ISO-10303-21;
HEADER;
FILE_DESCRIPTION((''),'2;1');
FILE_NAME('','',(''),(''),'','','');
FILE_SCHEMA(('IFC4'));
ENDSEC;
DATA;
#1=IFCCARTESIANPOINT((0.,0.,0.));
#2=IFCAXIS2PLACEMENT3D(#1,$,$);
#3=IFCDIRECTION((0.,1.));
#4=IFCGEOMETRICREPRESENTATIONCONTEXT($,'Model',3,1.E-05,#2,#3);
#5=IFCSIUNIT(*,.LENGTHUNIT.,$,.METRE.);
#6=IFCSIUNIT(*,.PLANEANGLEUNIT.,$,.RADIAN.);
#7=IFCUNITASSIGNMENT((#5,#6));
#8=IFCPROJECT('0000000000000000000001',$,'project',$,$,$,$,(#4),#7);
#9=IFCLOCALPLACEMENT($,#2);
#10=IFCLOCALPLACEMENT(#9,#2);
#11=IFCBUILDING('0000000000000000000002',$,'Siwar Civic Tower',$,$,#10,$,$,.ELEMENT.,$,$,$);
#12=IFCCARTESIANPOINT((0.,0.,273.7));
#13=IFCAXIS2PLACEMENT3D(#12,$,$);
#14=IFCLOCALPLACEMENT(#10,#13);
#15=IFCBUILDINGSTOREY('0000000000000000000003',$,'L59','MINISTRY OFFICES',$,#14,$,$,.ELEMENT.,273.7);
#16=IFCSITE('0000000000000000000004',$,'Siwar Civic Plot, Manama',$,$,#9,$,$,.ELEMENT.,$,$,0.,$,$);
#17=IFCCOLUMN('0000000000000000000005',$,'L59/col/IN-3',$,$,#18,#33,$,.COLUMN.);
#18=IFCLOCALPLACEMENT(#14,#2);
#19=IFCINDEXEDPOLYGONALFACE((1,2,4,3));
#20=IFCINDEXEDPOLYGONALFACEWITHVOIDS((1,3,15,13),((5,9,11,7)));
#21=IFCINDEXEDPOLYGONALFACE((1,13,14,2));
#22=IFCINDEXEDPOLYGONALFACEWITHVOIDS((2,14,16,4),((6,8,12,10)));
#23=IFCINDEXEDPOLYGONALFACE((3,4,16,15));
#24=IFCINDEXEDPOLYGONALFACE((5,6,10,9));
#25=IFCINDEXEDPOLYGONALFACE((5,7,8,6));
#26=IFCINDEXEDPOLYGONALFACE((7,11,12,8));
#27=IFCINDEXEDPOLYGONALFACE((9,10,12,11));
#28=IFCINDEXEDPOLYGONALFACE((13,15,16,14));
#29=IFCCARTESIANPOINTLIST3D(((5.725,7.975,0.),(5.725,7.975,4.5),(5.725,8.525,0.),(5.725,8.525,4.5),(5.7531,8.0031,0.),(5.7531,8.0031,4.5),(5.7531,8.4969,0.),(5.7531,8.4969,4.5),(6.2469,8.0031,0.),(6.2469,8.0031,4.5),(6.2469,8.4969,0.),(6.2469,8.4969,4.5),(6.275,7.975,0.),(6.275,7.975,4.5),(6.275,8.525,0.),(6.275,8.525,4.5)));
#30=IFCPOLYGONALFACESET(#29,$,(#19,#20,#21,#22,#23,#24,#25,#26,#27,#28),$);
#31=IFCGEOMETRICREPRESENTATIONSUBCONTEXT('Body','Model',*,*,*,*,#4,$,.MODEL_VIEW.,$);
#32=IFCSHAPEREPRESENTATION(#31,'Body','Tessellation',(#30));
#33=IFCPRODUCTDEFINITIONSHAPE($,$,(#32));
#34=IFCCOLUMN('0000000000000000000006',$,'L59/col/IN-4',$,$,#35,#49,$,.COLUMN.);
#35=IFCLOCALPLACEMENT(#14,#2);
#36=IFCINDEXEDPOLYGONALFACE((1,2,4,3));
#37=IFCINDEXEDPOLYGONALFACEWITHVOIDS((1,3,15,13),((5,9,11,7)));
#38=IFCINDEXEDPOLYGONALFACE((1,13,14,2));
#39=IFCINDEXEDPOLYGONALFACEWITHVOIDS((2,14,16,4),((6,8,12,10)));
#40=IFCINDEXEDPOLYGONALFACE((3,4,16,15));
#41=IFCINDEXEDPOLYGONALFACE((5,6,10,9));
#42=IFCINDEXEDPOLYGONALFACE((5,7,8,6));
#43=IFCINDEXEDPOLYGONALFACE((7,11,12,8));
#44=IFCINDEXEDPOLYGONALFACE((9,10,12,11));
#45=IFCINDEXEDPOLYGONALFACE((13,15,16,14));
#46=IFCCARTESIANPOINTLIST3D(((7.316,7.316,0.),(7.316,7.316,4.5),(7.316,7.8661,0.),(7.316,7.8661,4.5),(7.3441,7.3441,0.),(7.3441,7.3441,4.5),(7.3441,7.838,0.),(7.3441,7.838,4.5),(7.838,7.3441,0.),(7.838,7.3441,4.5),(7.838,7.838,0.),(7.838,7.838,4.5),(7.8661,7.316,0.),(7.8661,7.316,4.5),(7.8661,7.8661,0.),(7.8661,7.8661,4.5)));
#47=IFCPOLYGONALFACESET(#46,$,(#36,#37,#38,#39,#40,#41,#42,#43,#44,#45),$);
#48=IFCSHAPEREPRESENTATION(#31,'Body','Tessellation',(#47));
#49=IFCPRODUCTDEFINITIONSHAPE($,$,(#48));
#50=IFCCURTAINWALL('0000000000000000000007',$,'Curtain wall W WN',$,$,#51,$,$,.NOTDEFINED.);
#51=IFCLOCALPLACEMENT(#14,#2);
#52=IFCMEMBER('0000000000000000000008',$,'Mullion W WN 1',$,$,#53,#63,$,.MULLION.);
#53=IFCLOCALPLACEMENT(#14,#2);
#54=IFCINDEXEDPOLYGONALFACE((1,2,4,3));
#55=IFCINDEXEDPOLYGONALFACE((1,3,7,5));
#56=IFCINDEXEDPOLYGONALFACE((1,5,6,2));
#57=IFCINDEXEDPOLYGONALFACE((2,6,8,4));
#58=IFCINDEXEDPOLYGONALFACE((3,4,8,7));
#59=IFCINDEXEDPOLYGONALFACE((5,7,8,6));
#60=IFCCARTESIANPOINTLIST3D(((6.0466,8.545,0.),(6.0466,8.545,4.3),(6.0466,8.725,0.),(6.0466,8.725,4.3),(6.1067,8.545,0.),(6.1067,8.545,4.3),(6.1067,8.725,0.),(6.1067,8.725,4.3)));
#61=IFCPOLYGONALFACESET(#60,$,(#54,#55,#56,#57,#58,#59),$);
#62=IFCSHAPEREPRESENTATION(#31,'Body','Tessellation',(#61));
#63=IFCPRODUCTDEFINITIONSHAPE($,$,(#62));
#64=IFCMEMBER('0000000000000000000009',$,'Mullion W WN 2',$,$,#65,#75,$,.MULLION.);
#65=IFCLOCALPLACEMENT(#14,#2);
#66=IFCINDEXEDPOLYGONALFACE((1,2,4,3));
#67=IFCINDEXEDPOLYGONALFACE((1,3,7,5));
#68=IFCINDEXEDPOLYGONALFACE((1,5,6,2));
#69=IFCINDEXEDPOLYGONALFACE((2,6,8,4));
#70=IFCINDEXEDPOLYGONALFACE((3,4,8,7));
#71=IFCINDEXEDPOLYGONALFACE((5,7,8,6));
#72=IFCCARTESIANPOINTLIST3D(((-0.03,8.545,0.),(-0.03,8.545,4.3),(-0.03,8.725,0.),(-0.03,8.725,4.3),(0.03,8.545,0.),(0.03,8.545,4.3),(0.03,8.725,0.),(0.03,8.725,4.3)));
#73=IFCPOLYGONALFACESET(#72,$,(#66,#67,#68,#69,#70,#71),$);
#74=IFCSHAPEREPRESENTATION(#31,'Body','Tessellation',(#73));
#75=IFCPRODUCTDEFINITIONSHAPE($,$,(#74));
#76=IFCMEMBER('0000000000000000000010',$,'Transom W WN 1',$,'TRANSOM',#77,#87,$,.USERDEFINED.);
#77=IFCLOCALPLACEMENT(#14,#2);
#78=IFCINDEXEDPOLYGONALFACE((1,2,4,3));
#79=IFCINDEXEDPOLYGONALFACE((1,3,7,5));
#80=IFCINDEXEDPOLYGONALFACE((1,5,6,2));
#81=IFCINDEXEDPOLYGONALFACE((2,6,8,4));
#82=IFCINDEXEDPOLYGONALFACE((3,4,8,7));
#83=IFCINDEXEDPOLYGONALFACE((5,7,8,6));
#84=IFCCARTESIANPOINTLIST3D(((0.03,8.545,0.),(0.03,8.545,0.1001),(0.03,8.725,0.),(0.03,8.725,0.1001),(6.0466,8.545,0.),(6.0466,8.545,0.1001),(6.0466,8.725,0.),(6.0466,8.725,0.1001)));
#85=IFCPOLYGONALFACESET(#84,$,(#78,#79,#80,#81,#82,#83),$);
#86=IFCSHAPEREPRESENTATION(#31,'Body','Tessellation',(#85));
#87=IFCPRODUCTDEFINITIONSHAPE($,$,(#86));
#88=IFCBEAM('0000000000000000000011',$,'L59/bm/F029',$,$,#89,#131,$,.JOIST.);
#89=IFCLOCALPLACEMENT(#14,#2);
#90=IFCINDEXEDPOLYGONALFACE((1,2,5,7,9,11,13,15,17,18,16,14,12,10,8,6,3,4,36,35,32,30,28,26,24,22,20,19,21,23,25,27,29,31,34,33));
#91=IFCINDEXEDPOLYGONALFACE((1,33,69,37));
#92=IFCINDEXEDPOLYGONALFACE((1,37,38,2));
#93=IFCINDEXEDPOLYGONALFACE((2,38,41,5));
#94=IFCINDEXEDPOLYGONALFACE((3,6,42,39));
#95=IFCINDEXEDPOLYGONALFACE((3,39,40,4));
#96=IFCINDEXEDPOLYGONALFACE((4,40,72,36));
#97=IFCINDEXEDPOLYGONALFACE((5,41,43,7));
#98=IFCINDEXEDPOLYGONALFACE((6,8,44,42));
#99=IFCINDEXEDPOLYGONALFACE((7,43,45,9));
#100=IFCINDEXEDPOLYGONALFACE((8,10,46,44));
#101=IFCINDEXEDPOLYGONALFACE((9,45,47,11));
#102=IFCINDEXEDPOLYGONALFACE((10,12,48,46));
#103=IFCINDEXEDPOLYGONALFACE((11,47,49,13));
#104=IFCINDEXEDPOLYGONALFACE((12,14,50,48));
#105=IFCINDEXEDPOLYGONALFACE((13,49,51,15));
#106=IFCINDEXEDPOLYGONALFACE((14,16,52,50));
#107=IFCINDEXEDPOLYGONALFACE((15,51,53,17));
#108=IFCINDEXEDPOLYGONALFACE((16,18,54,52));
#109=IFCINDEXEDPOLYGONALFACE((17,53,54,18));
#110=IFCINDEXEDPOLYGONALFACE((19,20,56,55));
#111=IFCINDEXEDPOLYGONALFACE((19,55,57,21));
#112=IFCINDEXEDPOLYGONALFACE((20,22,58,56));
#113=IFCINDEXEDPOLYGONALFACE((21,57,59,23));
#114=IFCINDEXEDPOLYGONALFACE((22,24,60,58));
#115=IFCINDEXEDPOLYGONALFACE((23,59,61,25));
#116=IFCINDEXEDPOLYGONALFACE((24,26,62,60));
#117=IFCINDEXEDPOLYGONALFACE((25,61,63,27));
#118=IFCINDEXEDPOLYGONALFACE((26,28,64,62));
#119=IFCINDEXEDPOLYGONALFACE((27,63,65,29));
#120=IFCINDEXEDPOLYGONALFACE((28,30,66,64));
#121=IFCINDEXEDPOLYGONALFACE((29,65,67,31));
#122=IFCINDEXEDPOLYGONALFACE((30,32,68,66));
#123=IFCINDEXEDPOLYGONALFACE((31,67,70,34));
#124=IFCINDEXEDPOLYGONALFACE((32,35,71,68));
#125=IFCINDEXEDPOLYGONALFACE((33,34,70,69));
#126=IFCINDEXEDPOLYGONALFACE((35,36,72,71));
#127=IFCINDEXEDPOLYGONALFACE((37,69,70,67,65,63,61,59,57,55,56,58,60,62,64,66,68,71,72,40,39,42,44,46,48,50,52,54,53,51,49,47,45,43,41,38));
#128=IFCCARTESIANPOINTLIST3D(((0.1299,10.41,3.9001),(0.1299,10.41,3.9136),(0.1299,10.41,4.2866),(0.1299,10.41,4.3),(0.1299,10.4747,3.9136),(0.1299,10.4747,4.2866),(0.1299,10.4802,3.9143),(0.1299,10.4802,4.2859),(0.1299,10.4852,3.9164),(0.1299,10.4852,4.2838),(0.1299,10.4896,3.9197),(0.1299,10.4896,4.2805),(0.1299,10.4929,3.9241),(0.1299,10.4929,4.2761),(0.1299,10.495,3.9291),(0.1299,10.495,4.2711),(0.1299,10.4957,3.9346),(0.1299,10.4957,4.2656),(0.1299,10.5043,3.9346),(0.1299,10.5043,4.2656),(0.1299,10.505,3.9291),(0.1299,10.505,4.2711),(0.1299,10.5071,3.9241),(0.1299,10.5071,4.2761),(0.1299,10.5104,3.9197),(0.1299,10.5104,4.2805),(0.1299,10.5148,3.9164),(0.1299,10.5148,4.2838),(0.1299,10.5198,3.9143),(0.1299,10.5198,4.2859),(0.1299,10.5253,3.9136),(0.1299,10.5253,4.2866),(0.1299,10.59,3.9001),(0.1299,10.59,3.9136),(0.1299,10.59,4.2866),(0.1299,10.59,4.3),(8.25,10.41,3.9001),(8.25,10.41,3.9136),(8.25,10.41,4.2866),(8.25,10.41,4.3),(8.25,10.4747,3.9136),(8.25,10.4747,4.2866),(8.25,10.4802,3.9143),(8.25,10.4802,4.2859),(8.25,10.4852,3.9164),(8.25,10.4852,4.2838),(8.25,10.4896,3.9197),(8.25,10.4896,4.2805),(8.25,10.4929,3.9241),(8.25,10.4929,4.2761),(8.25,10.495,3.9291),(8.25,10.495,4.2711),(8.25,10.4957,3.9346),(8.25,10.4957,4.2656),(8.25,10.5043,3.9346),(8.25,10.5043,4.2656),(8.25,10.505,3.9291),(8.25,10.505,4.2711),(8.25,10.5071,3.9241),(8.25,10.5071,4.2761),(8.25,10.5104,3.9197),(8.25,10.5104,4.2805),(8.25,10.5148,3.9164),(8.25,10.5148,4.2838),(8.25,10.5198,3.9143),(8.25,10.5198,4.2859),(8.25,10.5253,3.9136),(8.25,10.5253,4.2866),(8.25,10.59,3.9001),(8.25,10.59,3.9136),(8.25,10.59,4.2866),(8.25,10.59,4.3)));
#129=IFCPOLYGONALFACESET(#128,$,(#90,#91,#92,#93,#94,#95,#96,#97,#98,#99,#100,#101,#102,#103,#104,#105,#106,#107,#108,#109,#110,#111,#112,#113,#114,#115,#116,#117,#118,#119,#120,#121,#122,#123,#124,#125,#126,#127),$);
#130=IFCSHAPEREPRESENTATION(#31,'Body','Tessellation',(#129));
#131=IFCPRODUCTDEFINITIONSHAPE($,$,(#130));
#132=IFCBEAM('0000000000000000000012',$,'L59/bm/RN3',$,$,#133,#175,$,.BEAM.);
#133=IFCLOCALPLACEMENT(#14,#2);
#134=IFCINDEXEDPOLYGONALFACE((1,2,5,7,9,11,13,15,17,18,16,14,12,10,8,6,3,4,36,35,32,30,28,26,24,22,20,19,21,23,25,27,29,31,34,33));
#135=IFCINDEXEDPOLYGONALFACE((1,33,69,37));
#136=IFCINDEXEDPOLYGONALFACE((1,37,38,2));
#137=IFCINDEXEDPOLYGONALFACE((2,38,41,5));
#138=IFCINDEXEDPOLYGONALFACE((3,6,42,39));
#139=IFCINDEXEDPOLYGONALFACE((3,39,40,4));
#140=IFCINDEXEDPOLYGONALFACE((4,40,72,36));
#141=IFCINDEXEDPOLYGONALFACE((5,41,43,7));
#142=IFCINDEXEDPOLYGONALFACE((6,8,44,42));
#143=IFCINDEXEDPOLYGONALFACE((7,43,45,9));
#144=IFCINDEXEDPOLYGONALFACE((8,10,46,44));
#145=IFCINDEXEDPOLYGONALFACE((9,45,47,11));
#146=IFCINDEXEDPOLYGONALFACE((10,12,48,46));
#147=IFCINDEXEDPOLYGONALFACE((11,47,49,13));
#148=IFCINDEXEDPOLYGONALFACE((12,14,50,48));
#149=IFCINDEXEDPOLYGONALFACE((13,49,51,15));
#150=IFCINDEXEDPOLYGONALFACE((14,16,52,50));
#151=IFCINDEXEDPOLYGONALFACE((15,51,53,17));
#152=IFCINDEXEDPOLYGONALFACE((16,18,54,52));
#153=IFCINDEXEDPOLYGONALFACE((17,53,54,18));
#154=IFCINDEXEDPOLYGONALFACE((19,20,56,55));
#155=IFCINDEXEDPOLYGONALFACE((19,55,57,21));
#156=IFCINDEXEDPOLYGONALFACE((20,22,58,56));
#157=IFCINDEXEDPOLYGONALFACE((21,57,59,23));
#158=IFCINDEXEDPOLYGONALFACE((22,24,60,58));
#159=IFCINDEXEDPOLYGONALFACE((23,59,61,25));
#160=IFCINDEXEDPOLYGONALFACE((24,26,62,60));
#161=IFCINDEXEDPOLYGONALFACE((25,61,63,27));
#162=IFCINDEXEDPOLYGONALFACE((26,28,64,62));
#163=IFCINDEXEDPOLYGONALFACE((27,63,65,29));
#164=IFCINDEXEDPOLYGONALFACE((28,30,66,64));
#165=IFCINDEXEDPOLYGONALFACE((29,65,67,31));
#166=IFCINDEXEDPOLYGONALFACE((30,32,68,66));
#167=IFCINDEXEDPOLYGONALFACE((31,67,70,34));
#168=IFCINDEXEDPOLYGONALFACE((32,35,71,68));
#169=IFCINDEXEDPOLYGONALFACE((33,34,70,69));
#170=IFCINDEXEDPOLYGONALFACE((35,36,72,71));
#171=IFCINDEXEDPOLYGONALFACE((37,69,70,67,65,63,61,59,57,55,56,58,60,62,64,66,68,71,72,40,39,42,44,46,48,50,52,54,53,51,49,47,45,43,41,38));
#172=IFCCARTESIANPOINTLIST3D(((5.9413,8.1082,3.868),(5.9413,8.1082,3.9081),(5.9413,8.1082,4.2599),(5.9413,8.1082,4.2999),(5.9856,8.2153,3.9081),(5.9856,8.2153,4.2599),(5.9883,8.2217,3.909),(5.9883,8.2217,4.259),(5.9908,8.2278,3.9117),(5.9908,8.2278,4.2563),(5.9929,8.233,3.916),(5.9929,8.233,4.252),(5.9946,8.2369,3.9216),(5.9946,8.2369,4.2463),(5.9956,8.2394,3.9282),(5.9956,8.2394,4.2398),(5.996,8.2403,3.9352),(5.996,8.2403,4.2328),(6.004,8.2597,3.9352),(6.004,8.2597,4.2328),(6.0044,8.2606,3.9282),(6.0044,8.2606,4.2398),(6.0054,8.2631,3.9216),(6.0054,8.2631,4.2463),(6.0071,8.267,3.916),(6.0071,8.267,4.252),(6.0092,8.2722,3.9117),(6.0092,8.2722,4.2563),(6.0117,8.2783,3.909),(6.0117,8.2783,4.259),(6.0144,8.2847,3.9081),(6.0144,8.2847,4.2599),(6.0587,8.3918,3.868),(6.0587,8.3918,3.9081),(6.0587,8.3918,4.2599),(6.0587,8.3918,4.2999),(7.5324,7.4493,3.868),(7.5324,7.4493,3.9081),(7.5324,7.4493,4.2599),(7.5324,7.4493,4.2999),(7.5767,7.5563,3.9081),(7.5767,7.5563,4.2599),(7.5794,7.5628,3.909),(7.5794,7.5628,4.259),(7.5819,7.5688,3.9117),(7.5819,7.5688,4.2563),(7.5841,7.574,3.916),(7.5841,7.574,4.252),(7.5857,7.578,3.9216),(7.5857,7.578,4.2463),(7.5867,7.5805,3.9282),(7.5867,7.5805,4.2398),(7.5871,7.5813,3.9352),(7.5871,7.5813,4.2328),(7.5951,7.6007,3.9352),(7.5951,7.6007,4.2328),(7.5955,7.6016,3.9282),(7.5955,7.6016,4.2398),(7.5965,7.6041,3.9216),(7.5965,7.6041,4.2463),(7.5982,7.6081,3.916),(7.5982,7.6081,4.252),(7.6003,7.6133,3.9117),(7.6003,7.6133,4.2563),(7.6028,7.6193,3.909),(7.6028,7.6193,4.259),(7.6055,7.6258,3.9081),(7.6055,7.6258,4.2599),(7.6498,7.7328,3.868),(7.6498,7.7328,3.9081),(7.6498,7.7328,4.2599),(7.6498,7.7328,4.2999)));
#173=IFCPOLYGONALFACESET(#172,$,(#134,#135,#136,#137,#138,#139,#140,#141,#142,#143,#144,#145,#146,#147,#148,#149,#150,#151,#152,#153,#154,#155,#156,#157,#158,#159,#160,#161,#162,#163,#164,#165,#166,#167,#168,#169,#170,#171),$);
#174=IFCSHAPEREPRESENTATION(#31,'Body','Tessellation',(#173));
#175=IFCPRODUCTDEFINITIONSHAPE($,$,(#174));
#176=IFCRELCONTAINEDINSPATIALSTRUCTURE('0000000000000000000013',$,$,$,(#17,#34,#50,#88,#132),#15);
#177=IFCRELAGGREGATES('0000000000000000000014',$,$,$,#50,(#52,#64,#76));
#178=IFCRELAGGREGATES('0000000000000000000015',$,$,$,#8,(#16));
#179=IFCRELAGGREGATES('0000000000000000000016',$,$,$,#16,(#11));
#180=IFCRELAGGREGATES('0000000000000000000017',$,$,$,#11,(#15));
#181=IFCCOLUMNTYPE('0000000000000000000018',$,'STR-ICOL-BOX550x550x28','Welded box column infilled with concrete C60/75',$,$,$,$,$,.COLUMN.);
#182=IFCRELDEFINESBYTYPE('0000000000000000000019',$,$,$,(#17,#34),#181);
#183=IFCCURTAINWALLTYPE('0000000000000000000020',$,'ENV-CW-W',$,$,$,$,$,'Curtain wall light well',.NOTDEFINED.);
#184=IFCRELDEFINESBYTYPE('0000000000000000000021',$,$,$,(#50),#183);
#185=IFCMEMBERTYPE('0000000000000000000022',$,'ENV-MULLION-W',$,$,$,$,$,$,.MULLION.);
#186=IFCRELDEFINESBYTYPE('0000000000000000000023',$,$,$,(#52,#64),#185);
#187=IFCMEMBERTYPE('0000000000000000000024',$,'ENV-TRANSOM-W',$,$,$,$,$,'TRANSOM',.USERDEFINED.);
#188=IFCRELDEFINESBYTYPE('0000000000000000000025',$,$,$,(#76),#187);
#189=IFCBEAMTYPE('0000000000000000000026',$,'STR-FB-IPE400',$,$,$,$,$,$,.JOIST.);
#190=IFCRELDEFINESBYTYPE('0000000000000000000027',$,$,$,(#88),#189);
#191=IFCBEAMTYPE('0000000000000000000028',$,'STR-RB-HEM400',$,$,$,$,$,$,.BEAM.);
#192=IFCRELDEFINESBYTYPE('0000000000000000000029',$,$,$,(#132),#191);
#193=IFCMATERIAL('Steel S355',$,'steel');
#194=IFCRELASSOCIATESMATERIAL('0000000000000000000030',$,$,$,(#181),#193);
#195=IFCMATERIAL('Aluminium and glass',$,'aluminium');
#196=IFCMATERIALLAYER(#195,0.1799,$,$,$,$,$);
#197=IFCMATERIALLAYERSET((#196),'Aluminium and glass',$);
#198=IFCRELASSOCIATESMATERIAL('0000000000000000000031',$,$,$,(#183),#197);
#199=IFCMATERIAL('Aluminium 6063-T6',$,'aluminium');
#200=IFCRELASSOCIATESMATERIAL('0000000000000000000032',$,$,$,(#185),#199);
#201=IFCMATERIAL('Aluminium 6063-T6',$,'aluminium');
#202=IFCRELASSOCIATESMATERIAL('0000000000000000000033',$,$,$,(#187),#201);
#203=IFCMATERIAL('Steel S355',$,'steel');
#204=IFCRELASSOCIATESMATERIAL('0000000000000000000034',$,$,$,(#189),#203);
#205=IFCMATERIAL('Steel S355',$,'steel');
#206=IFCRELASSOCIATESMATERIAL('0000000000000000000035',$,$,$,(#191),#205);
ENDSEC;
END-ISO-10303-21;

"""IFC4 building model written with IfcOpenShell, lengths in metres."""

from ifc_helpers import new_model, si_unit, direction, frame, origin, origin_2d, place, context, subcontext, project, spatial, rectangle, hollow_rectangle, i_section, extrude, material, layer, layer_set, material_profile, profile_set, type_object, element, aggregate, save


model = new_model("IFC4")

# Units and contexts
model_context = context("Model", 3, precision=1e-05, world=origin(), true_north=direction((0.0, 1.0)))
body_context = subcontext(model_context, "Body", "Model", "MODEL_VIEW")
ifc_project = project(units=[si_unit("LENGTHUNIT", "METRE"), si_unit("PLANEANGLEUNIT", "RADIAN")], contexts=[model_context])

# Site, building, storey
site_placement = place(None, origin())
site = spatial("IfcSite", under=ifc_project, at=site_placement, Name="Siwar Civic Plot, Manama", CompositionType="ELEMENT", RefElevation=0.0)
building_placement = place(site_placement, origin())
building = spatial("IfcBuilding", under=site, at=building_placement, Name="Siwar Civic Tower", CompositionType="ELEMENT")
storey_placement = place(building_placement, frame((0.0, 0.0, 273.7)))
storey = spatial("IfcBuildingStorey", under=building, at=storey_placement, Name="L59", Description="MINISTRY OFFICES", CompositionType="ELEMENT", Elevation=273.7)

# Columns
ifc_material_1 = material(Name="Steel S355", Category="steel")
ifc_material_profile_1 = material_profile(ifc_material_1, hollow_rectangle(XDim=0.55, YDim=0.55, WallThickness=0.0281, at=origin_2d()), Name="BOX550x550x28")
ifc_profile_set_1 = profile_set([ifc_material_profile_1], Name="Steel S355")
column_type = type_object("IfcColumnType", Name="STR-ICOL-BOX550x550x28", Description="Welded box column infilled with concrete C60/75", PredefinedType="COLUMN", material=ifc_profile_set_1)
for number, where, z_axis, x_axis, name in (
    (1, (6.0, 8.25, 0.0), (0.0, 0.0, 1.0), (1.0, 0.0, 0.0), "L59/col/IN-3"),
    (2, (7.5911, 7.5911, 0.0), (0.0, 0.0, 1.0), (1.0, 0.0, 0.0), "L59/col/IN-4"),
):
    element("IfcColumn", number, at=place(storey_placement, frame(where, z_axis=z_axis, x_axis=x_axis)), inside=storey, type_object=column_type, Name=name, PredefinedType="COLUMN", context=body_context, shape_type="SweptSolid", body=[
        extrude(hollow_rectangle(XDim=0.55, YDim=0.55, WallThickness=0.0281, at=origin_2d()), origin(), (0.0, 0.0, 1.0), 4.5),
    ])

# Curtain wall, members
ifc_material_2 = material(Name="Aluminium and glass", Category="aluminium")
ifc_layer_1 = layer(ifc_material_2, 0.1799)
ifc_layer_set_1 = layer_set([ifc_layer_1], Name="Aluminium and glass")
curtain_wall_type = type_object("IfcCurtainWallType", Name="ENV-CW-W", ElementType="Curtain wall light well", PredefinedType="NOTDEFINED", material=ifc_layer_set_1)
curtain_wall_placement = place(storey_placement, origin())
curtain_wall = element("IfcCurtainWall", 3, at=curtain_wall_placement, inside=storey, type_object=curtain_wall_type, Name="Curtain wall W WN", PredefinedType="NOTDEFINED")
ifc_material_3 = material(Name="Aluminium 6063-T6", Category="aluminium")
ifc_material_profile_2 = material_profile(ifc_material_3, rectangle(XDim=0.1799, YDim=0.0601, at=origin_2d()), Name="AL 180x60")
ifc_profile_set_2 = profile_set([ifc_material_profile_2], Name="Aluminium 6063-T6")
member_type_1 = type_object("IfcMemberType", Name="ENV-MULLION-W", PredefinedType="MULLION", material=ifc_profile_set_2)
member_1_placement = place(storey_placement, frame((6.0767, 8.635, 0.0), z_axis=(0.0, 0.0, 1.0), x_axis=(0.0, -1.0, 0.0)))
member_1 = element("IfcMember", 4, at=member_1_placement, type_object=member_type_1, Name="Mullion W WN 1", PredefinedType="MULLION", context=body_context, shape_type="SweptSolid", body=[
    extrude(rectangle(XDim=0.1799, YDim=0.0601, at=origin_2d()), origin(), (0.0, 0.0, 1.0), 4.3),
])
member_2_placement = place(storey_placement, frame((0.0, 8.635, 0.0), z_axis=(0.0, 0.0, 1.0), x_axis=(0.0, -1.0, 0.0)))
member_2 = element("IfcMember", 5, at=member_2_placement, type_object=member_type_1, Name="Mullion W WN 2", PredefinedType="MULLION", context=body_context, shape_type="SweptSolid", body=[
    extrude(rectangle(XDim=0.1799, YDim=0.0601, at=origin_2d()), origin(), (0.0, 0.0, 1.0), 4.3),
])
ifc_material_4 = material(Name="Aluminium 6063-T6", Category="aluminium")
ifc_material_profile_3 = material_profile(ifc_material_4, rectangle(XDim=0.1799, YDim=0.1001, at=origin_2d()), Name="AL 180x100")
ifc_profile_set_3 = profile_set([ifc_material_profile_3], Name="Aluminium 6063-T6")
member_type_2 = type_object("IfcMemberType", Name="ENV-TRANSOM-W", ElementType="TRANSOM", PredefinedType="USERDEFINED", material=ifc_profile_set_3)
member_3_placement = place(storey_placement, frame((6.0466, 8.635, 0.05), z_axis=(-1.0, 0.0, 0.0), x_axis=(0.0, -1.0, 0.0)))
member_3 = element("IfcMember", 6, at=member_3_placement, type_object=member_type_2, Name="Transom W WN 1", ObjectType="TRANSOM", PredefinedType="USERDEFINED", context=body_context, shape_type="SweptSolid", body=[
    extrude(rectangle(XDim=0.1799, YDim=0.1001, at=origin_2d()), origin(), (0.0, 0.0, 1.0), 6.0166),
])

# Beams
ifc_material_5 = material(Name="Steel S355", Category="steel")
ifc_material_profile_4 = material_profile(ifc_material_5, i_section(OverallWidth=0.1799, OverallDepth=0.3999, WebThickness=0.0085, FlangeThickness=0.0134, FilletRadius=0.021, at=origin_2d()), Name="IPE400")
ifc_profile_set_4 = profile_set([ifc_material_profile_4], Name="Steel S355")
beam_type_1 = type_object("IfcBeamType", Name="STR-FB-IPE400", PredefinedType="JOIST", material=ifc_profile_set_4)
beam_placement = place(storey_placement, frame((0.1299, 10.5, 4.1001), z_axis=(1.0, 0.0, 0.0), x_axis=(0.0, 1.0, 0.0)))
element("IfcBeam", 7, at=beam_placement, inside=storey, type_object=beam_type_1, Name="L59/bm/F029", PredefinedType="JOIST", context=body_context, shape_type="SweptSolid", body=[
    extrude(i_section(OverallWidth=0.1799, OverallDepth=0.3999, WebThickness=0.0085, FlangeThickness=0.0134, FilletRadius=0.021, at=origin_2d()), origin(), (0.0, 0.0, 1.0), 8.1201),
])
ifc_material_6 = material(Name="Steel S355", Category="steel")
ifc_material_profile_5 = material_profile(ifc_material_6, i_section(OverallWidth=0.3069, OverallDepth=0.4319, WebThickness=0.021, FlangeThickness=0.04, FilletRadius=0.0271, at=origin_2d()), Name="HEM400")
ifc_profile_set_5 = profile_set([ifc_material_profile_5], Name="Steel S355")
beam_type_2 = type_object("IfcBeamType", Name="STR-RB-HEM400", PredefinedType="BEAM", material=ifc_profile_set_5)
for number, where, z_axis, x_axis, name in (
    (8, (6.0, 8.25, 4.084), (0.923901, -0.382631, 0.0), (0.382631, 0.923901, 0.0), "L59/bm/RN3"),
):
    element("IfcBeam", number, at=place(storey_placement, frame(where, z_axis=z_axis, x_axis=x_axis)), inside=storey, type_object=beam_type_2, Name=name, PredefinedType="BEAM", context=body_context, shape_type="SweptSolid", body=[
        extrude(i_section(OverallWidth=0.3069, OverallDepth=0.4319, WebThickness=0.021, FlangeThickness=0.04, FilletRadius=0.0271, at=origin_2d()), origin(), (0.0, 0.0, 1.0), 1.7222),
    ])

aggregate(curtain_wall, [member_1, member_2, member_3])

save(model, "model.ifc")
